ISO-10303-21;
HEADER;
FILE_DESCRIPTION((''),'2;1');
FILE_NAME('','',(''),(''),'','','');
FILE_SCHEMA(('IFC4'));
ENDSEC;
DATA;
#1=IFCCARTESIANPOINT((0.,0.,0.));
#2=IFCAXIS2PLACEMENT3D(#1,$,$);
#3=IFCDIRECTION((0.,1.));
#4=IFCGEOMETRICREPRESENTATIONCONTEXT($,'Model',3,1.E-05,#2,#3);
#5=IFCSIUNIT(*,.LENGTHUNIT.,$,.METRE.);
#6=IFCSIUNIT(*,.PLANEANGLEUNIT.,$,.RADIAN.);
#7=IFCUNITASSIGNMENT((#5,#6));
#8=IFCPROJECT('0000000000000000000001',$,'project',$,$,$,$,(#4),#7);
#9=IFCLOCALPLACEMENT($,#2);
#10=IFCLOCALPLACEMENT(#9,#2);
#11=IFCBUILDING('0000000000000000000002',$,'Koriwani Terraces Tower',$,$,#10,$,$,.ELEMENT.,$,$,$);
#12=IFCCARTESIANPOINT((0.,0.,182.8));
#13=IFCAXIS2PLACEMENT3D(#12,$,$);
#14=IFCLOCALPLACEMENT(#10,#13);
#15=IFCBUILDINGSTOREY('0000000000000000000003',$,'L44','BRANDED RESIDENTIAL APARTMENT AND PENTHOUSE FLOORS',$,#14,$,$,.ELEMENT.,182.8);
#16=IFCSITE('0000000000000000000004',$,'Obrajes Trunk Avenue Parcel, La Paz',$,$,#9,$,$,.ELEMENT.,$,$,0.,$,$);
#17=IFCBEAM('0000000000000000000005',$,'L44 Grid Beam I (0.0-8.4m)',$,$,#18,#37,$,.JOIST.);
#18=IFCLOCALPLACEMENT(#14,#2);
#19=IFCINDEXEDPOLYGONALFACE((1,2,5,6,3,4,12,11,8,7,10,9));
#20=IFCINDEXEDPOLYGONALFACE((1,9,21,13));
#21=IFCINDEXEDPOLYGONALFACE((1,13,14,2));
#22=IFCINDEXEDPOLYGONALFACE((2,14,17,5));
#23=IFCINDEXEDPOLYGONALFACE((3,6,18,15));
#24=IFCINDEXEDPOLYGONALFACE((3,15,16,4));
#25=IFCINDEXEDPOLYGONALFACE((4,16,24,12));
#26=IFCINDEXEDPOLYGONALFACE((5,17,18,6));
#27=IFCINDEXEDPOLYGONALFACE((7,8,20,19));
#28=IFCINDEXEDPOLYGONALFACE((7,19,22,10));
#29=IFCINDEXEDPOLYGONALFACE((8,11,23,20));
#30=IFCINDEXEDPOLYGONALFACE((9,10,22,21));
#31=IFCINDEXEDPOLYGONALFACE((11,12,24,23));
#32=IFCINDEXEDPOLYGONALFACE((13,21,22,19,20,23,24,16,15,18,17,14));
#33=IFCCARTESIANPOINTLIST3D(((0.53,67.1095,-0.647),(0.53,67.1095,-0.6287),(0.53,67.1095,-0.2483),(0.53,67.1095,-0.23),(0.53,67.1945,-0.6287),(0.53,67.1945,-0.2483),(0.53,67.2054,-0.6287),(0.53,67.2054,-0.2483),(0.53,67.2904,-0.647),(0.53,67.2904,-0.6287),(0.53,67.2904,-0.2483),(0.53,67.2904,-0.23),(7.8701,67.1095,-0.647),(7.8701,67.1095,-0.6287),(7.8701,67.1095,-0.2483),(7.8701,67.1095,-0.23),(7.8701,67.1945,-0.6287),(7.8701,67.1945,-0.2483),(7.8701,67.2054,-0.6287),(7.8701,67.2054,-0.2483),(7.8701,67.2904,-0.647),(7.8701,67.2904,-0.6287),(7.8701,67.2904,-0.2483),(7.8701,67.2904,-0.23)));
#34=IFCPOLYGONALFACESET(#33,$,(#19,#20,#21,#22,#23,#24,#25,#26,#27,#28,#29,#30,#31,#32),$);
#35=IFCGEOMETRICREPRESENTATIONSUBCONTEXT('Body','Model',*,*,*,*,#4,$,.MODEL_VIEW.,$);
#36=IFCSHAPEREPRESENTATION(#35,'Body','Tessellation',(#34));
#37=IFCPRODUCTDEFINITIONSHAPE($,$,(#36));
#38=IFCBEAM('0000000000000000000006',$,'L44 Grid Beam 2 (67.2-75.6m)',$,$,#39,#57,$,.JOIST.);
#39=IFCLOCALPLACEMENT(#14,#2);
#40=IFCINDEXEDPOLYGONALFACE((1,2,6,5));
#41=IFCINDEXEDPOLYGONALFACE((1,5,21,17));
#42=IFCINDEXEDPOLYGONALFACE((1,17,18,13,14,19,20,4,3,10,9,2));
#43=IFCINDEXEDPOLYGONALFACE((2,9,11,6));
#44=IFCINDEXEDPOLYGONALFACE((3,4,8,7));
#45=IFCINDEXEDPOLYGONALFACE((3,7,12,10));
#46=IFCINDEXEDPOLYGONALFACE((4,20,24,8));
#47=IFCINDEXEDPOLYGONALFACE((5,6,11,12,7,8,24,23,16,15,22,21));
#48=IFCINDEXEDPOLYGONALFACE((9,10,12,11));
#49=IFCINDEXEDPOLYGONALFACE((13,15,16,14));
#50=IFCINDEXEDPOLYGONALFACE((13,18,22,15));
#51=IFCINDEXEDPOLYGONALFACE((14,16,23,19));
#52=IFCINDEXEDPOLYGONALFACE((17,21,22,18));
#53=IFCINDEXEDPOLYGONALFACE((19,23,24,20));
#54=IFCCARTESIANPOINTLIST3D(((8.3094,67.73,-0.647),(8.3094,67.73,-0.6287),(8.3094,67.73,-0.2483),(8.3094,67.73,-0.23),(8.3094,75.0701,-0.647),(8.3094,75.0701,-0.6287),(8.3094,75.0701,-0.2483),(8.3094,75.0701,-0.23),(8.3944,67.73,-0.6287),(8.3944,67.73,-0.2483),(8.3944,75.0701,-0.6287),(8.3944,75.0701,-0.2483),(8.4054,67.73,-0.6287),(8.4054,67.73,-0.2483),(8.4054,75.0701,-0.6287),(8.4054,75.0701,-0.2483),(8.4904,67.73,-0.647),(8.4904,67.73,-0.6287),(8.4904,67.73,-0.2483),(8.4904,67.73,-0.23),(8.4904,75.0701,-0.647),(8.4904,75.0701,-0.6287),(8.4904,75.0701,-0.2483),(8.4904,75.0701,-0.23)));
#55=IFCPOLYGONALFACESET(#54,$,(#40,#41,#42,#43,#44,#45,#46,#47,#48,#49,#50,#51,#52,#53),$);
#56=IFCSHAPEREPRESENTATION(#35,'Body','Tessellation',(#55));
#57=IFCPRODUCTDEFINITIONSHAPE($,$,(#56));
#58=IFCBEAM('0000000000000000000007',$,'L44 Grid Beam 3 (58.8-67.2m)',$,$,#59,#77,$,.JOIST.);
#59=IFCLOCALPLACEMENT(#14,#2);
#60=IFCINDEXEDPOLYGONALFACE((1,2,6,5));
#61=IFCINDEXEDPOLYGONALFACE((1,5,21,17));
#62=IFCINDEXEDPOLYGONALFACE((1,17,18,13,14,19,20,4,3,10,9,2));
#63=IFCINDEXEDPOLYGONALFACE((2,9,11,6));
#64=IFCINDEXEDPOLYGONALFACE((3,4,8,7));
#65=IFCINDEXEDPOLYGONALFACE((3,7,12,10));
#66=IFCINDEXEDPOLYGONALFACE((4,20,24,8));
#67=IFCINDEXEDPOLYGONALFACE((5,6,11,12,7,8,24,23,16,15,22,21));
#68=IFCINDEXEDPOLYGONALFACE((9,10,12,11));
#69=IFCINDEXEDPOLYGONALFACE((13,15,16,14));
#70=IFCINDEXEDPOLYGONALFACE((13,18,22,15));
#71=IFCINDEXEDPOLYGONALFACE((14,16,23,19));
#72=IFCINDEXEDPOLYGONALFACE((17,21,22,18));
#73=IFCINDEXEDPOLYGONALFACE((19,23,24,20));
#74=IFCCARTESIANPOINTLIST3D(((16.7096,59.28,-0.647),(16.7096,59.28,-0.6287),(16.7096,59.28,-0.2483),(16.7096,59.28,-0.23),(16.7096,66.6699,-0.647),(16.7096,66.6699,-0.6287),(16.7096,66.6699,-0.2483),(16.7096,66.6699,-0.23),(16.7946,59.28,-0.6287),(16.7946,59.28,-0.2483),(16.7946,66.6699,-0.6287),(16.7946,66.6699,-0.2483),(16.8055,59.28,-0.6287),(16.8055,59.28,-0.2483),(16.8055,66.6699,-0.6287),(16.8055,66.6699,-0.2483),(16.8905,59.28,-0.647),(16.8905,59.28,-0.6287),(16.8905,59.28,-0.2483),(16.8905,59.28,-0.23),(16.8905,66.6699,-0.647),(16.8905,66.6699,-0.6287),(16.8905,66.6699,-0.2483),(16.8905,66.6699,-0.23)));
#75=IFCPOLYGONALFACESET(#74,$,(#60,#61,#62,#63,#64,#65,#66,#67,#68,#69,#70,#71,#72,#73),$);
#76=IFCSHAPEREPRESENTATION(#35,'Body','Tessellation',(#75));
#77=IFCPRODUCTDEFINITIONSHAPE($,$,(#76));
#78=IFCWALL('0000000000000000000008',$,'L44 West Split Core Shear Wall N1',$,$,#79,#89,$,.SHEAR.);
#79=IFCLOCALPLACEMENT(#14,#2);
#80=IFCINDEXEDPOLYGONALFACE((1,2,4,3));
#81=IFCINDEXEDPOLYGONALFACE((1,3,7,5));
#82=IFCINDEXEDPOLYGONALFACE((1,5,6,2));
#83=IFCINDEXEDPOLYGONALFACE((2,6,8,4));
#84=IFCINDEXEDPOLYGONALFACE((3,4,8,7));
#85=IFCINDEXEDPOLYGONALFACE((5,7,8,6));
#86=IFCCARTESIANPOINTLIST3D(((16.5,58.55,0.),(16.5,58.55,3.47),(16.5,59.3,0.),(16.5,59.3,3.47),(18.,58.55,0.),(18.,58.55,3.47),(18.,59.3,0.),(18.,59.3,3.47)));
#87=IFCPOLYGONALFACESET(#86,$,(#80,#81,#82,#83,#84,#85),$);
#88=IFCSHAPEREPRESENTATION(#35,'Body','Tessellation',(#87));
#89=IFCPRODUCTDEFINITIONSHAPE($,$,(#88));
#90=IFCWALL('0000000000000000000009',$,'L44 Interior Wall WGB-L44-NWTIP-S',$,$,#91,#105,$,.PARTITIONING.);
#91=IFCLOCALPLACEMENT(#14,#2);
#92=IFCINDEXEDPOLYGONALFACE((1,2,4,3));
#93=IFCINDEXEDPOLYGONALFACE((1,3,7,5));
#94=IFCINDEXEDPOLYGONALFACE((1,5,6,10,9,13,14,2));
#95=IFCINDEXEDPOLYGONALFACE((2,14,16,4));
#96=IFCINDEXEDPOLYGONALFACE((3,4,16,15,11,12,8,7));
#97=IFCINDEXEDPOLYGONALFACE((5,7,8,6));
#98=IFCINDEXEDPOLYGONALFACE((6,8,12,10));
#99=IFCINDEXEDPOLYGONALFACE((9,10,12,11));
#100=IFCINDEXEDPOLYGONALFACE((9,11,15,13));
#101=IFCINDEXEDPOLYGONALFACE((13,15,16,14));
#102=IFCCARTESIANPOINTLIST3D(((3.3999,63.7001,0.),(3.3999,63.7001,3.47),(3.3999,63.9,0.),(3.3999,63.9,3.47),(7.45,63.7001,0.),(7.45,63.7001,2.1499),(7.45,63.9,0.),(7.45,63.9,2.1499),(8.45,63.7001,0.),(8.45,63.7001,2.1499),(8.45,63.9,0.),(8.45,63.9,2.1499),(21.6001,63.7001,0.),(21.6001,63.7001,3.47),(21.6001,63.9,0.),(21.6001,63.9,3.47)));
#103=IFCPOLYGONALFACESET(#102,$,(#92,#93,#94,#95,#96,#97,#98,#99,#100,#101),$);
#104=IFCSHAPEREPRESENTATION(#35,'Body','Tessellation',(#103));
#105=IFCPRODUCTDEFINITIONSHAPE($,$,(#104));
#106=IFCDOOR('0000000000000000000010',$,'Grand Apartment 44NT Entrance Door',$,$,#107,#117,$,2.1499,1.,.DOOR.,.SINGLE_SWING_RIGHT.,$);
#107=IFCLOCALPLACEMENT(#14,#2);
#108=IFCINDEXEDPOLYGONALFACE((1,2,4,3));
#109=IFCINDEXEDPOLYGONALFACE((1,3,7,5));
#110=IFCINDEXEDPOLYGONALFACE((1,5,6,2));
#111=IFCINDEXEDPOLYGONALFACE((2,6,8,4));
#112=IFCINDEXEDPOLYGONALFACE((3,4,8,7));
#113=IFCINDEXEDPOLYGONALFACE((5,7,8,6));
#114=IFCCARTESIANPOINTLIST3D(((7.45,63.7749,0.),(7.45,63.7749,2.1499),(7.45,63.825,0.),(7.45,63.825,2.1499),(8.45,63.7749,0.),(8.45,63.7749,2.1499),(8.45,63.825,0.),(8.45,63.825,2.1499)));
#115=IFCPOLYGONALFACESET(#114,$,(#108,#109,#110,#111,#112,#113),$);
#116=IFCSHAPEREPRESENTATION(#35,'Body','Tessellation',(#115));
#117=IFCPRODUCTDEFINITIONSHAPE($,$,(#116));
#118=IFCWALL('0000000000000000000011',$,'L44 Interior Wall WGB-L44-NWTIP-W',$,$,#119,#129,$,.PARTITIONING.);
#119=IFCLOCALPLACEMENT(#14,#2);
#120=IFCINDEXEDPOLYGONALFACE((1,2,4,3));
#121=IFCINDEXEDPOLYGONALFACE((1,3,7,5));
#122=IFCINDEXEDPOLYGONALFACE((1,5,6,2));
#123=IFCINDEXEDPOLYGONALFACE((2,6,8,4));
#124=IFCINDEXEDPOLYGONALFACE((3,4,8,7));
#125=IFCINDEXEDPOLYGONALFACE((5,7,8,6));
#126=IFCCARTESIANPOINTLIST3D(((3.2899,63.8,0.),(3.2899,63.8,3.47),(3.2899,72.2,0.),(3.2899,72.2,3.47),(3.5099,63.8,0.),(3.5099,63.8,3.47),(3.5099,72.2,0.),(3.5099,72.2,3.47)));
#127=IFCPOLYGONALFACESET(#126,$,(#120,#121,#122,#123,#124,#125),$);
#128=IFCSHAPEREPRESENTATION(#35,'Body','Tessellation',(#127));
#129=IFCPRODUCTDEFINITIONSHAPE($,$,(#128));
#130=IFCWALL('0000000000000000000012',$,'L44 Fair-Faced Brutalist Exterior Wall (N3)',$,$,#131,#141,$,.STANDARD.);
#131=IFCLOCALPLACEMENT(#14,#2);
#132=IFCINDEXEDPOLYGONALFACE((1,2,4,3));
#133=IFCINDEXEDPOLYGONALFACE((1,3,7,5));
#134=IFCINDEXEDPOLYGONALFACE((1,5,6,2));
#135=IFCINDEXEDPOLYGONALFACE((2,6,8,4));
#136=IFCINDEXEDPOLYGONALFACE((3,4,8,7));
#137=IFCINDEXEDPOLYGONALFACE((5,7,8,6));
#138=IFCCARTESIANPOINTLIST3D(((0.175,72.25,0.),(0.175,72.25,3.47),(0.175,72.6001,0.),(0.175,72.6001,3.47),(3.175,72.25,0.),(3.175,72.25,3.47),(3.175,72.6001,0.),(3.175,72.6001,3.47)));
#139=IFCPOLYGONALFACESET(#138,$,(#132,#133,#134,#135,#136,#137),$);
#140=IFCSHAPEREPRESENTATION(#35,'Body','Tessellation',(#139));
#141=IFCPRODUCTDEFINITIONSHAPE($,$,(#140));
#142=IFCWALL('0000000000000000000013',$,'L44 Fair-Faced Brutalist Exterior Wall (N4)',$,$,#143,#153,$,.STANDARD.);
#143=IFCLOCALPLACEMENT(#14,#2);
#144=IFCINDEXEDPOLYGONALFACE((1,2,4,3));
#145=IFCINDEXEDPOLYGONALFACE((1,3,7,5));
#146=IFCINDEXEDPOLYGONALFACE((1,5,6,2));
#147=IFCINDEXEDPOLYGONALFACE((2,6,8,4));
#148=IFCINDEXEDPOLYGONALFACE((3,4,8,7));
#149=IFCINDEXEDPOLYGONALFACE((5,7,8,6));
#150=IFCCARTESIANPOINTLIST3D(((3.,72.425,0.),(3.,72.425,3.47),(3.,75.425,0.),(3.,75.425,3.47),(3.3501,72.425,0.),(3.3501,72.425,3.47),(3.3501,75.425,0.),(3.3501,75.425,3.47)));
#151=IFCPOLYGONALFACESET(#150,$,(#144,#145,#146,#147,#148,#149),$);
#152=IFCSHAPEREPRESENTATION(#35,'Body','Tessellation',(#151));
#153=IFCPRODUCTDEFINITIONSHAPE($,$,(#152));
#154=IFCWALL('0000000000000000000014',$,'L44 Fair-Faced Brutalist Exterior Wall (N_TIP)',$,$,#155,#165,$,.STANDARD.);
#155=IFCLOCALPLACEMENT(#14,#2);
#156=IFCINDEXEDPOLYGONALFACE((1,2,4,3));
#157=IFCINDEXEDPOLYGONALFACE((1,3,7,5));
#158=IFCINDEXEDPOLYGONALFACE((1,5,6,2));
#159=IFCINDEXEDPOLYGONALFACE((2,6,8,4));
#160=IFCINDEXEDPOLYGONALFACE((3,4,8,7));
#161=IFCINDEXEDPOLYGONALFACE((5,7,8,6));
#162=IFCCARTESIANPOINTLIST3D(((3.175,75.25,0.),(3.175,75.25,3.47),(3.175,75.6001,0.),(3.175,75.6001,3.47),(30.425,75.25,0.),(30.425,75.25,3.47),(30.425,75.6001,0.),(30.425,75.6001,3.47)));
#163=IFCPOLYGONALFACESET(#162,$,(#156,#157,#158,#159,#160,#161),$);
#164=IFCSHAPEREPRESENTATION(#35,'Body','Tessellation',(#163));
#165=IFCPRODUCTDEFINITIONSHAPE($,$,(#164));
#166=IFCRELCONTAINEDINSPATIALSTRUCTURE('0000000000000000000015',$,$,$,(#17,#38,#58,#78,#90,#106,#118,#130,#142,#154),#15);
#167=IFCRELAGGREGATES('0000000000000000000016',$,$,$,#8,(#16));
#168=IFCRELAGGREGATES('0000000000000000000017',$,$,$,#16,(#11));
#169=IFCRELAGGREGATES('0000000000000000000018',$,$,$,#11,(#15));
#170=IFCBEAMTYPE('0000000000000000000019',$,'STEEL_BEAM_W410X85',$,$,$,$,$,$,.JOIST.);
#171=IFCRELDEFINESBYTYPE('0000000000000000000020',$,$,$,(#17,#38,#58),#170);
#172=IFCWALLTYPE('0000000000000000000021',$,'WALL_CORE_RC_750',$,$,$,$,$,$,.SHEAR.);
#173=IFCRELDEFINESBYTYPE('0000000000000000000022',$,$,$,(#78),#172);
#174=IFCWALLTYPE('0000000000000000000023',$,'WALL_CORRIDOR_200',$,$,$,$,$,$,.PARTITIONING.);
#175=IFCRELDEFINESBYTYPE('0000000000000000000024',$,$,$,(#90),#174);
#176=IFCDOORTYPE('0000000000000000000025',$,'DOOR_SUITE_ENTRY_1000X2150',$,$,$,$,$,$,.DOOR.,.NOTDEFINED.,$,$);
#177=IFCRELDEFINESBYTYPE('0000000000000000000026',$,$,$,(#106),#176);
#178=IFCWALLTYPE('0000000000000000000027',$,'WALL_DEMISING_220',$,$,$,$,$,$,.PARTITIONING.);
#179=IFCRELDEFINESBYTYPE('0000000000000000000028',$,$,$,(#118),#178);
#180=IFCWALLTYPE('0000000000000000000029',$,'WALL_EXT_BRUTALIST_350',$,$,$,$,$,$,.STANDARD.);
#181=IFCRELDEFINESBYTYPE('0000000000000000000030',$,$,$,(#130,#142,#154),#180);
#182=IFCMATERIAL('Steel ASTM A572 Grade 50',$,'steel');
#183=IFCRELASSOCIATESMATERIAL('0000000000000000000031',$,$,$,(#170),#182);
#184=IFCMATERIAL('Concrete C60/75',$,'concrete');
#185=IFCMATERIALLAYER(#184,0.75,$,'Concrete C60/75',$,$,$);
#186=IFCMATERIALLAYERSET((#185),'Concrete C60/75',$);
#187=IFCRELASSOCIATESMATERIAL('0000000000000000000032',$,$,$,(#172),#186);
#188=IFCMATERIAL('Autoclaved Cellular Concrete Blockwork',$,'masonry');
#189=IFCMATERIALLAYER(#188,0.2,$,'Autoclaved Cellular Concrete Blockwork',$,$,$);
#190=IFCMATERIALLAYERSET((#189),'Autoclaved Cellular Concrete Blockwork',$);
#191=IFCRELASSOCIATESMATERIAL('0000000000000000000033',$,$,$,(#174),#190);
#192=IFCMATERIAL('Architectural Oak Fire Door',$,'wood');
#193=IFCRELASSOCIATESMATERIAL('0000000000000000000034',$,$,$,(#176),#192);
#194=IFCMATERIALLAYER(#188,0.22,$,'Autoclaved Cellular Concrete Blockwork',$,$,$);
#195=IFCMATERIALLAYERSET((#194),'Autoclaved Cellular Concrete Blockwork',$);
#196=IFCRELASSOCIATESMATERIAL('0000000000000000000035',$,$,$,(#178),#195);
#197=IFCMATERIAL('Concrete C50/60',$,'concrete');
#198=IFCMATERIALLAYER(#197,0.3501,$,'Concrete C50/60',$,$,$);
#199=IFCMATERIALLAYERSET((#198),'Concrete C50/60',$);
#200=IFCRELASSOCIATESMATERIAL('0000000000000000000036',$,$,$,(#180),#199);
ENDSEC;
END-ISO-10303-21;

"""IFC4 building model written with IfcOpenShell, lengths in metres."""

from ifc_helpers import new_model, si_unit, direction, frame, frame_2d, origin, origin_2d, place, context, subcontext, project, spatial, rectangle, i_section, extrude, material, layer, layer_set, material_profile, profile_set, type_object, element, fill, save


model = new_model("IFC4")

# Units and contexts
model_context = context("Model", 3, precision=1e-05, world=origin(), true_north=direction((0.0, 1.0)))
body_context = subcontext(model_context, "Body", "Model", "MODEL_VIEW")
ifc_project = project(units=[si_unit("LENGTHUNIT", "METRE"), si_unit("PLANEANGLEUNIT", "RADIAN")], contexts=[model_context])

# Site, building, storey
site_placement = place(None, origin())
site = spatial("IfcSite", under=ifc_project, at=site_placement, Name="Obrajes Trunk Avenue Parcel, La Paz", CompositionType="ELEMENT", RefElevation=0.0)
building_placement = place(site_placement, origin())
building = spatial("IfcBuilding", under=site, at=building_placement, Name="Koriwani Terraces Tower", CompositionType="ELEMENT")
storey_placement = place(building_placement, frame((0.0, 0.0, 182.8)))
storey = spatial("IfcBuildingStorey", under=building, at=storey_placement, Name="L44", Description="BRANDED RESIDENTIAL APARTMENT AND PENTHOUSE FLOORS", CompositionType="ELEMENT", Elevation=182.8)

# Shared definitions
ifc_material_1 = material(Name="Concrete C50/60", Category="concrete")

# Beams
ifc_material_2 = material(Name="Steel ASTM A572 Grade 50", Category="steel")
ifc_material_profile_1 = material_profile(ifc_material_2, i_section(OverallWidth=0.1809, OverallDepth=0.417, WebThickness=0.011, FlangeThickness=0.0183, at=origin_2d()), Name="Steel ASTM A572 Grade 50", Category="LoadBearing")
ifc_profile_set_1 = profile_set([ifc_material_profile_1], Name="Steel ASTM A572 Grade 50")
beam_type_1 = type_object("IfcBeamType", Name="STEEL_BEAM_W410X85", PredefinedType="JOIST", material=ifc_profile_set_1)
for number, where, z_axis, x_axis, name in (
    (1, (0.53, 67.2, -0.4385), (1.0, 0.0, 0.0), (0.0, 1.0, 0.0), "L44 Grid Beam I (0.0-8.4m)"),
    (2, (8.3999, 67.73, -0.4385), (0.0, 1.0, 0.0), (-1.0, 0.0, 0.0), "L44 Grid Beam 2 (67.2-75.6m)"),
):
    element("IfcBeam", number, at=place(storey_placement, frame(where, z_axis=z_axis, x_axis=x_axis)), inside=storey, type_object=beam_type_1, Name=name, PredefinedType="JOIST", context=body_context, shape_type="SweptSolid", body=[
        extrude(i_section(OverallWidth=0.1809, OverallDepth=0.417, WebThickness=0.011, FlangeThickness=0.0183, at=origin_2d()), origin(), (0.0, 0.0, 1.0), 7.3401),
    ])
beam_1_placement = place(storey_placement, frame((16.8, 59.28, -0.4385), z_axis=(0.0, 1.0, 0.0), x_axis=(-1.0, 0.0, 0.0)))
element("IfcBeam", 3, at=beam_1_placement, inside=storey, type_object=beam_type_1, Name="L44 Grid Beam 3 (58.8-67.2m)", PredefinedType="JOIST", context=body_context, shape_type="SweptSolid", body=[
    extrude(i_section(OverallWidth=0.1809, OverallDepth=0.417, WebThickness=0.011, FlangeThickness=0.0183, at=origin_2d()), origin(), (0.0, 0.0, 1.0), 7.3899),
])

# Wall
ifc_material_3 = material(Name="Concrete C60/75", Category="concrete")
ifc_layer_1 = layer(ifc_material_3, 0.75, Name="Concrete C60/75")
ifc_layer_set_1 = layer_set([ifc_layer_1], Name="Concrete C60/75")
wall_type_1 = type_object("IfcWallType", Name="WALL_CORE_RC_750", PredefinedType="SHEAR", material=ifc_layer_set_1)
wall_1_placement = place(storey_placement, frame((16.5, 58.925, 0.0), z_axis=(0.0, 0.0, 1.0), x_axis=(1.0, 0.0, 0.0)))
element("IfcWall", 4, at=wall_1_placement, inside=storey, type_object=wall_type_1, Name="L44 West Split Core Shear Wall N1", PredefinedType="SHEAR", context=body_context, shape_type="SweptSolid", body=[
    extrude(rectangle(XDim=1.5, YDim=0.75, at=frame_2d((0.75, 0.0))), origin(), (0.0, 0.0, 1.0), 3.47),
])

# Wall, opening, door
ifc_material_4 = material(Name="Autoclaved Cellular Concrete Blockwork", Category="masonry")
ifc_layer_2 = layer(ifc_material_4, 0.2, Name="Autoclaved Cellular Concrete Blockwork")
ifc_layer_set_2 = layer_set([ifc_layer_2], Name="Autoclaved Cellular Concrete Blockwork")
wall_type_2 = type_object("IfcWallType", Name="WALL_CORRIDOR_200", PredefinedType="PARTITIONING", material=ifc_layer_set_2)
wall_2_placement = place(storey_placement, frame((3.3999, 63.8, 0.0), z_axis=(0.0, 0.0, 1.0), x_axis=(1.0, 0.0, 0.0)))
wall_2 = element("IfcWall", 5, at=wall_2_placement, inside=storey, type_object=wall_type_2, Name="L44 Interior Wall WGB-L44-NWTIP-S", PredefinedType="PARTITIONING", context=body_context, shape_type="SweptSolid", body=[
    extrude(rectangle(XDim=18.2002, YDim=0.2, at=frame_2d((9.1001, 0.0))), origin(), (0.0, 0.0, 1.0), 3.47),
])
opening_1_placement = place(wall_2_placement, frame((4.05, 0.0, 0.0)))
opening_1 = element("IfcOpeningElement", 6, at=opening_1_placement, cuts=wall_2, PredefinedType="OPENING", context=body_context, shape_type="SweptSolid", body=[
    extrude(rectangle(XDim=1.0, YDim=2.1499, at=frame_2d((0.5, 1.075))), frame((0.0, 0.1099, 0.0), z_axis=(0.0, -1.0, 0.0), x_axis=(1.0, 0.0, 0.0)), (0.0, 0.0, 1.0), 0.22),
])
ifc_material_5 = material(Name="Architectural Oak Fire Door", Category="wood")
door_type_1 = type_object("IfcDoorType", Name="DOOR_SUITE_ENTRY_1000X2150", OperationType="NOTDEFINED", PredefinedType="DOOR", material=ifc_material_5)
door_1_placement = place(opening_1_placement, origin())
door_1 = element("IfcDoor", 7, at=door_1_placement, inside=storey, type_object=door_type_1, Name="Grand Apartment 44NT Entrance Door", OperationType="SINGLE_SWING_RIGHT", OverallHeight=2.1499, OverallWidth=1.0, PredefinedType="DOOR", context=body_context, shape_type="SweptSolid", body=[
    extrude(rectangle(XDim=1.0, YDim=2.1499, at=frame_2d((0.5, 1.075))), frame((0.0, 0.0249, 0.0), z_axis=(0.0, -1.0, 0.0), x_axis=(1.0, 0.0, 0.0)), (0.0, 0.0, 1.0), 0.05),
])
fill(opening_1, door_1)

# Walls
ifc_layer_3 = layer(ifc_material_4, 0.22, Name="Autoclaved Cellular Concrete Blockwork")
ifc_layer_set_3 = layer_set([ifc_layer_3], Name="Autoclaved Cellular Concrete Blockwork")
wall_type_3 = type_object("IfcWallType", Name="WALL_DEMISING_220", PredefinedType="PARTITIONING", material=ifc_layer_set_3)
wall_3_placement = place(storey_placement, frame((3.3999, 63.8, 0.0), z_axis=(0.0, 0.0, 1.0), x_axis=(0.0, 1.0, 0.0)))
element("IfcWall", 8, at=wall_3_placement, inside=storey, type_object=wall_type_3, Name="L44 Interior Wall WGB-L44-NWTIP-W", PredefinedType="PARTITIONING", context=body_context, shape_type="SweptSolid", body=[
    extrude(rectangle(XDim=8.3999, YDim=0.22, at=frame_2d((4.2, 0.0))), origin(), (0.0, 0.0, 1.0), 3.47),
])
ifc_layer_4 = layer(ifc_material_1, 0.3501, Name="Concrete C50/60")
ifc_layer_set_4 = layer_set([ifc_layer_4], Name="Concrete C50/60")
wall_type_4 = type_object("IfcWallType", Name="WALL_EXT_BRUTALIST_350", PredefinedType="STANDARD", material=ifc_layer_set_4)
for number, where, z_axis, x_axis, name in (
    (9, (0.175, 72.425, 0.0), (0.0, 0.0, 1.0), (1.0, 0.0, 0.0), "L44 Fair-Faced Brutalist Exterior Wall (N3)"),
    (10, (3.175, 72.425, 0.0), (0.0, 0.0, 1.0), (0.0, 1.0, 0.0), "L44 Fair-Faced Brutalist Exterior Wall (N4)"),
):
    element("IfcWall", number, at=place(storey_placement, frame(where, z_axis=z_axis, x_axis=x_axis)), inside=storey, type_object=wall_type_4, Name=name, PredefinedType="STANDARD", context=body_context, shape_type="SweptSolid", body=[
        extrude(rectangle(XDim=3.0, YDim=0.3501, at=frame_2d((1.5, 0.0))), origin(), (0.0, 0.0, 1.0), 3.47),
    ])
wall_4_placement = place(storey_placement, frame((3.175, 75.425, 0.0), z_axis=(0.0, 0.0, 1.0), x_axis=(1.0, 0.0, 0.0)))
element("IfcWall", 11, at=wall_4_placement, inside=storey, type_object=wall_type_4, Name="L44 Fair-Faced Brutalist Exterior Wall (N_TIP)", PredefinedType="STANDARD", context=body_context, shape_type="SweptSolid", body=[
    extrude(rectangle(XDim=27.25, YDim=0.3501, at=frame_2d((13.625, 0.0))), origin(), (0.0, 0.0, 1.0), 3.47),
])

save(model, "model.ifc")
